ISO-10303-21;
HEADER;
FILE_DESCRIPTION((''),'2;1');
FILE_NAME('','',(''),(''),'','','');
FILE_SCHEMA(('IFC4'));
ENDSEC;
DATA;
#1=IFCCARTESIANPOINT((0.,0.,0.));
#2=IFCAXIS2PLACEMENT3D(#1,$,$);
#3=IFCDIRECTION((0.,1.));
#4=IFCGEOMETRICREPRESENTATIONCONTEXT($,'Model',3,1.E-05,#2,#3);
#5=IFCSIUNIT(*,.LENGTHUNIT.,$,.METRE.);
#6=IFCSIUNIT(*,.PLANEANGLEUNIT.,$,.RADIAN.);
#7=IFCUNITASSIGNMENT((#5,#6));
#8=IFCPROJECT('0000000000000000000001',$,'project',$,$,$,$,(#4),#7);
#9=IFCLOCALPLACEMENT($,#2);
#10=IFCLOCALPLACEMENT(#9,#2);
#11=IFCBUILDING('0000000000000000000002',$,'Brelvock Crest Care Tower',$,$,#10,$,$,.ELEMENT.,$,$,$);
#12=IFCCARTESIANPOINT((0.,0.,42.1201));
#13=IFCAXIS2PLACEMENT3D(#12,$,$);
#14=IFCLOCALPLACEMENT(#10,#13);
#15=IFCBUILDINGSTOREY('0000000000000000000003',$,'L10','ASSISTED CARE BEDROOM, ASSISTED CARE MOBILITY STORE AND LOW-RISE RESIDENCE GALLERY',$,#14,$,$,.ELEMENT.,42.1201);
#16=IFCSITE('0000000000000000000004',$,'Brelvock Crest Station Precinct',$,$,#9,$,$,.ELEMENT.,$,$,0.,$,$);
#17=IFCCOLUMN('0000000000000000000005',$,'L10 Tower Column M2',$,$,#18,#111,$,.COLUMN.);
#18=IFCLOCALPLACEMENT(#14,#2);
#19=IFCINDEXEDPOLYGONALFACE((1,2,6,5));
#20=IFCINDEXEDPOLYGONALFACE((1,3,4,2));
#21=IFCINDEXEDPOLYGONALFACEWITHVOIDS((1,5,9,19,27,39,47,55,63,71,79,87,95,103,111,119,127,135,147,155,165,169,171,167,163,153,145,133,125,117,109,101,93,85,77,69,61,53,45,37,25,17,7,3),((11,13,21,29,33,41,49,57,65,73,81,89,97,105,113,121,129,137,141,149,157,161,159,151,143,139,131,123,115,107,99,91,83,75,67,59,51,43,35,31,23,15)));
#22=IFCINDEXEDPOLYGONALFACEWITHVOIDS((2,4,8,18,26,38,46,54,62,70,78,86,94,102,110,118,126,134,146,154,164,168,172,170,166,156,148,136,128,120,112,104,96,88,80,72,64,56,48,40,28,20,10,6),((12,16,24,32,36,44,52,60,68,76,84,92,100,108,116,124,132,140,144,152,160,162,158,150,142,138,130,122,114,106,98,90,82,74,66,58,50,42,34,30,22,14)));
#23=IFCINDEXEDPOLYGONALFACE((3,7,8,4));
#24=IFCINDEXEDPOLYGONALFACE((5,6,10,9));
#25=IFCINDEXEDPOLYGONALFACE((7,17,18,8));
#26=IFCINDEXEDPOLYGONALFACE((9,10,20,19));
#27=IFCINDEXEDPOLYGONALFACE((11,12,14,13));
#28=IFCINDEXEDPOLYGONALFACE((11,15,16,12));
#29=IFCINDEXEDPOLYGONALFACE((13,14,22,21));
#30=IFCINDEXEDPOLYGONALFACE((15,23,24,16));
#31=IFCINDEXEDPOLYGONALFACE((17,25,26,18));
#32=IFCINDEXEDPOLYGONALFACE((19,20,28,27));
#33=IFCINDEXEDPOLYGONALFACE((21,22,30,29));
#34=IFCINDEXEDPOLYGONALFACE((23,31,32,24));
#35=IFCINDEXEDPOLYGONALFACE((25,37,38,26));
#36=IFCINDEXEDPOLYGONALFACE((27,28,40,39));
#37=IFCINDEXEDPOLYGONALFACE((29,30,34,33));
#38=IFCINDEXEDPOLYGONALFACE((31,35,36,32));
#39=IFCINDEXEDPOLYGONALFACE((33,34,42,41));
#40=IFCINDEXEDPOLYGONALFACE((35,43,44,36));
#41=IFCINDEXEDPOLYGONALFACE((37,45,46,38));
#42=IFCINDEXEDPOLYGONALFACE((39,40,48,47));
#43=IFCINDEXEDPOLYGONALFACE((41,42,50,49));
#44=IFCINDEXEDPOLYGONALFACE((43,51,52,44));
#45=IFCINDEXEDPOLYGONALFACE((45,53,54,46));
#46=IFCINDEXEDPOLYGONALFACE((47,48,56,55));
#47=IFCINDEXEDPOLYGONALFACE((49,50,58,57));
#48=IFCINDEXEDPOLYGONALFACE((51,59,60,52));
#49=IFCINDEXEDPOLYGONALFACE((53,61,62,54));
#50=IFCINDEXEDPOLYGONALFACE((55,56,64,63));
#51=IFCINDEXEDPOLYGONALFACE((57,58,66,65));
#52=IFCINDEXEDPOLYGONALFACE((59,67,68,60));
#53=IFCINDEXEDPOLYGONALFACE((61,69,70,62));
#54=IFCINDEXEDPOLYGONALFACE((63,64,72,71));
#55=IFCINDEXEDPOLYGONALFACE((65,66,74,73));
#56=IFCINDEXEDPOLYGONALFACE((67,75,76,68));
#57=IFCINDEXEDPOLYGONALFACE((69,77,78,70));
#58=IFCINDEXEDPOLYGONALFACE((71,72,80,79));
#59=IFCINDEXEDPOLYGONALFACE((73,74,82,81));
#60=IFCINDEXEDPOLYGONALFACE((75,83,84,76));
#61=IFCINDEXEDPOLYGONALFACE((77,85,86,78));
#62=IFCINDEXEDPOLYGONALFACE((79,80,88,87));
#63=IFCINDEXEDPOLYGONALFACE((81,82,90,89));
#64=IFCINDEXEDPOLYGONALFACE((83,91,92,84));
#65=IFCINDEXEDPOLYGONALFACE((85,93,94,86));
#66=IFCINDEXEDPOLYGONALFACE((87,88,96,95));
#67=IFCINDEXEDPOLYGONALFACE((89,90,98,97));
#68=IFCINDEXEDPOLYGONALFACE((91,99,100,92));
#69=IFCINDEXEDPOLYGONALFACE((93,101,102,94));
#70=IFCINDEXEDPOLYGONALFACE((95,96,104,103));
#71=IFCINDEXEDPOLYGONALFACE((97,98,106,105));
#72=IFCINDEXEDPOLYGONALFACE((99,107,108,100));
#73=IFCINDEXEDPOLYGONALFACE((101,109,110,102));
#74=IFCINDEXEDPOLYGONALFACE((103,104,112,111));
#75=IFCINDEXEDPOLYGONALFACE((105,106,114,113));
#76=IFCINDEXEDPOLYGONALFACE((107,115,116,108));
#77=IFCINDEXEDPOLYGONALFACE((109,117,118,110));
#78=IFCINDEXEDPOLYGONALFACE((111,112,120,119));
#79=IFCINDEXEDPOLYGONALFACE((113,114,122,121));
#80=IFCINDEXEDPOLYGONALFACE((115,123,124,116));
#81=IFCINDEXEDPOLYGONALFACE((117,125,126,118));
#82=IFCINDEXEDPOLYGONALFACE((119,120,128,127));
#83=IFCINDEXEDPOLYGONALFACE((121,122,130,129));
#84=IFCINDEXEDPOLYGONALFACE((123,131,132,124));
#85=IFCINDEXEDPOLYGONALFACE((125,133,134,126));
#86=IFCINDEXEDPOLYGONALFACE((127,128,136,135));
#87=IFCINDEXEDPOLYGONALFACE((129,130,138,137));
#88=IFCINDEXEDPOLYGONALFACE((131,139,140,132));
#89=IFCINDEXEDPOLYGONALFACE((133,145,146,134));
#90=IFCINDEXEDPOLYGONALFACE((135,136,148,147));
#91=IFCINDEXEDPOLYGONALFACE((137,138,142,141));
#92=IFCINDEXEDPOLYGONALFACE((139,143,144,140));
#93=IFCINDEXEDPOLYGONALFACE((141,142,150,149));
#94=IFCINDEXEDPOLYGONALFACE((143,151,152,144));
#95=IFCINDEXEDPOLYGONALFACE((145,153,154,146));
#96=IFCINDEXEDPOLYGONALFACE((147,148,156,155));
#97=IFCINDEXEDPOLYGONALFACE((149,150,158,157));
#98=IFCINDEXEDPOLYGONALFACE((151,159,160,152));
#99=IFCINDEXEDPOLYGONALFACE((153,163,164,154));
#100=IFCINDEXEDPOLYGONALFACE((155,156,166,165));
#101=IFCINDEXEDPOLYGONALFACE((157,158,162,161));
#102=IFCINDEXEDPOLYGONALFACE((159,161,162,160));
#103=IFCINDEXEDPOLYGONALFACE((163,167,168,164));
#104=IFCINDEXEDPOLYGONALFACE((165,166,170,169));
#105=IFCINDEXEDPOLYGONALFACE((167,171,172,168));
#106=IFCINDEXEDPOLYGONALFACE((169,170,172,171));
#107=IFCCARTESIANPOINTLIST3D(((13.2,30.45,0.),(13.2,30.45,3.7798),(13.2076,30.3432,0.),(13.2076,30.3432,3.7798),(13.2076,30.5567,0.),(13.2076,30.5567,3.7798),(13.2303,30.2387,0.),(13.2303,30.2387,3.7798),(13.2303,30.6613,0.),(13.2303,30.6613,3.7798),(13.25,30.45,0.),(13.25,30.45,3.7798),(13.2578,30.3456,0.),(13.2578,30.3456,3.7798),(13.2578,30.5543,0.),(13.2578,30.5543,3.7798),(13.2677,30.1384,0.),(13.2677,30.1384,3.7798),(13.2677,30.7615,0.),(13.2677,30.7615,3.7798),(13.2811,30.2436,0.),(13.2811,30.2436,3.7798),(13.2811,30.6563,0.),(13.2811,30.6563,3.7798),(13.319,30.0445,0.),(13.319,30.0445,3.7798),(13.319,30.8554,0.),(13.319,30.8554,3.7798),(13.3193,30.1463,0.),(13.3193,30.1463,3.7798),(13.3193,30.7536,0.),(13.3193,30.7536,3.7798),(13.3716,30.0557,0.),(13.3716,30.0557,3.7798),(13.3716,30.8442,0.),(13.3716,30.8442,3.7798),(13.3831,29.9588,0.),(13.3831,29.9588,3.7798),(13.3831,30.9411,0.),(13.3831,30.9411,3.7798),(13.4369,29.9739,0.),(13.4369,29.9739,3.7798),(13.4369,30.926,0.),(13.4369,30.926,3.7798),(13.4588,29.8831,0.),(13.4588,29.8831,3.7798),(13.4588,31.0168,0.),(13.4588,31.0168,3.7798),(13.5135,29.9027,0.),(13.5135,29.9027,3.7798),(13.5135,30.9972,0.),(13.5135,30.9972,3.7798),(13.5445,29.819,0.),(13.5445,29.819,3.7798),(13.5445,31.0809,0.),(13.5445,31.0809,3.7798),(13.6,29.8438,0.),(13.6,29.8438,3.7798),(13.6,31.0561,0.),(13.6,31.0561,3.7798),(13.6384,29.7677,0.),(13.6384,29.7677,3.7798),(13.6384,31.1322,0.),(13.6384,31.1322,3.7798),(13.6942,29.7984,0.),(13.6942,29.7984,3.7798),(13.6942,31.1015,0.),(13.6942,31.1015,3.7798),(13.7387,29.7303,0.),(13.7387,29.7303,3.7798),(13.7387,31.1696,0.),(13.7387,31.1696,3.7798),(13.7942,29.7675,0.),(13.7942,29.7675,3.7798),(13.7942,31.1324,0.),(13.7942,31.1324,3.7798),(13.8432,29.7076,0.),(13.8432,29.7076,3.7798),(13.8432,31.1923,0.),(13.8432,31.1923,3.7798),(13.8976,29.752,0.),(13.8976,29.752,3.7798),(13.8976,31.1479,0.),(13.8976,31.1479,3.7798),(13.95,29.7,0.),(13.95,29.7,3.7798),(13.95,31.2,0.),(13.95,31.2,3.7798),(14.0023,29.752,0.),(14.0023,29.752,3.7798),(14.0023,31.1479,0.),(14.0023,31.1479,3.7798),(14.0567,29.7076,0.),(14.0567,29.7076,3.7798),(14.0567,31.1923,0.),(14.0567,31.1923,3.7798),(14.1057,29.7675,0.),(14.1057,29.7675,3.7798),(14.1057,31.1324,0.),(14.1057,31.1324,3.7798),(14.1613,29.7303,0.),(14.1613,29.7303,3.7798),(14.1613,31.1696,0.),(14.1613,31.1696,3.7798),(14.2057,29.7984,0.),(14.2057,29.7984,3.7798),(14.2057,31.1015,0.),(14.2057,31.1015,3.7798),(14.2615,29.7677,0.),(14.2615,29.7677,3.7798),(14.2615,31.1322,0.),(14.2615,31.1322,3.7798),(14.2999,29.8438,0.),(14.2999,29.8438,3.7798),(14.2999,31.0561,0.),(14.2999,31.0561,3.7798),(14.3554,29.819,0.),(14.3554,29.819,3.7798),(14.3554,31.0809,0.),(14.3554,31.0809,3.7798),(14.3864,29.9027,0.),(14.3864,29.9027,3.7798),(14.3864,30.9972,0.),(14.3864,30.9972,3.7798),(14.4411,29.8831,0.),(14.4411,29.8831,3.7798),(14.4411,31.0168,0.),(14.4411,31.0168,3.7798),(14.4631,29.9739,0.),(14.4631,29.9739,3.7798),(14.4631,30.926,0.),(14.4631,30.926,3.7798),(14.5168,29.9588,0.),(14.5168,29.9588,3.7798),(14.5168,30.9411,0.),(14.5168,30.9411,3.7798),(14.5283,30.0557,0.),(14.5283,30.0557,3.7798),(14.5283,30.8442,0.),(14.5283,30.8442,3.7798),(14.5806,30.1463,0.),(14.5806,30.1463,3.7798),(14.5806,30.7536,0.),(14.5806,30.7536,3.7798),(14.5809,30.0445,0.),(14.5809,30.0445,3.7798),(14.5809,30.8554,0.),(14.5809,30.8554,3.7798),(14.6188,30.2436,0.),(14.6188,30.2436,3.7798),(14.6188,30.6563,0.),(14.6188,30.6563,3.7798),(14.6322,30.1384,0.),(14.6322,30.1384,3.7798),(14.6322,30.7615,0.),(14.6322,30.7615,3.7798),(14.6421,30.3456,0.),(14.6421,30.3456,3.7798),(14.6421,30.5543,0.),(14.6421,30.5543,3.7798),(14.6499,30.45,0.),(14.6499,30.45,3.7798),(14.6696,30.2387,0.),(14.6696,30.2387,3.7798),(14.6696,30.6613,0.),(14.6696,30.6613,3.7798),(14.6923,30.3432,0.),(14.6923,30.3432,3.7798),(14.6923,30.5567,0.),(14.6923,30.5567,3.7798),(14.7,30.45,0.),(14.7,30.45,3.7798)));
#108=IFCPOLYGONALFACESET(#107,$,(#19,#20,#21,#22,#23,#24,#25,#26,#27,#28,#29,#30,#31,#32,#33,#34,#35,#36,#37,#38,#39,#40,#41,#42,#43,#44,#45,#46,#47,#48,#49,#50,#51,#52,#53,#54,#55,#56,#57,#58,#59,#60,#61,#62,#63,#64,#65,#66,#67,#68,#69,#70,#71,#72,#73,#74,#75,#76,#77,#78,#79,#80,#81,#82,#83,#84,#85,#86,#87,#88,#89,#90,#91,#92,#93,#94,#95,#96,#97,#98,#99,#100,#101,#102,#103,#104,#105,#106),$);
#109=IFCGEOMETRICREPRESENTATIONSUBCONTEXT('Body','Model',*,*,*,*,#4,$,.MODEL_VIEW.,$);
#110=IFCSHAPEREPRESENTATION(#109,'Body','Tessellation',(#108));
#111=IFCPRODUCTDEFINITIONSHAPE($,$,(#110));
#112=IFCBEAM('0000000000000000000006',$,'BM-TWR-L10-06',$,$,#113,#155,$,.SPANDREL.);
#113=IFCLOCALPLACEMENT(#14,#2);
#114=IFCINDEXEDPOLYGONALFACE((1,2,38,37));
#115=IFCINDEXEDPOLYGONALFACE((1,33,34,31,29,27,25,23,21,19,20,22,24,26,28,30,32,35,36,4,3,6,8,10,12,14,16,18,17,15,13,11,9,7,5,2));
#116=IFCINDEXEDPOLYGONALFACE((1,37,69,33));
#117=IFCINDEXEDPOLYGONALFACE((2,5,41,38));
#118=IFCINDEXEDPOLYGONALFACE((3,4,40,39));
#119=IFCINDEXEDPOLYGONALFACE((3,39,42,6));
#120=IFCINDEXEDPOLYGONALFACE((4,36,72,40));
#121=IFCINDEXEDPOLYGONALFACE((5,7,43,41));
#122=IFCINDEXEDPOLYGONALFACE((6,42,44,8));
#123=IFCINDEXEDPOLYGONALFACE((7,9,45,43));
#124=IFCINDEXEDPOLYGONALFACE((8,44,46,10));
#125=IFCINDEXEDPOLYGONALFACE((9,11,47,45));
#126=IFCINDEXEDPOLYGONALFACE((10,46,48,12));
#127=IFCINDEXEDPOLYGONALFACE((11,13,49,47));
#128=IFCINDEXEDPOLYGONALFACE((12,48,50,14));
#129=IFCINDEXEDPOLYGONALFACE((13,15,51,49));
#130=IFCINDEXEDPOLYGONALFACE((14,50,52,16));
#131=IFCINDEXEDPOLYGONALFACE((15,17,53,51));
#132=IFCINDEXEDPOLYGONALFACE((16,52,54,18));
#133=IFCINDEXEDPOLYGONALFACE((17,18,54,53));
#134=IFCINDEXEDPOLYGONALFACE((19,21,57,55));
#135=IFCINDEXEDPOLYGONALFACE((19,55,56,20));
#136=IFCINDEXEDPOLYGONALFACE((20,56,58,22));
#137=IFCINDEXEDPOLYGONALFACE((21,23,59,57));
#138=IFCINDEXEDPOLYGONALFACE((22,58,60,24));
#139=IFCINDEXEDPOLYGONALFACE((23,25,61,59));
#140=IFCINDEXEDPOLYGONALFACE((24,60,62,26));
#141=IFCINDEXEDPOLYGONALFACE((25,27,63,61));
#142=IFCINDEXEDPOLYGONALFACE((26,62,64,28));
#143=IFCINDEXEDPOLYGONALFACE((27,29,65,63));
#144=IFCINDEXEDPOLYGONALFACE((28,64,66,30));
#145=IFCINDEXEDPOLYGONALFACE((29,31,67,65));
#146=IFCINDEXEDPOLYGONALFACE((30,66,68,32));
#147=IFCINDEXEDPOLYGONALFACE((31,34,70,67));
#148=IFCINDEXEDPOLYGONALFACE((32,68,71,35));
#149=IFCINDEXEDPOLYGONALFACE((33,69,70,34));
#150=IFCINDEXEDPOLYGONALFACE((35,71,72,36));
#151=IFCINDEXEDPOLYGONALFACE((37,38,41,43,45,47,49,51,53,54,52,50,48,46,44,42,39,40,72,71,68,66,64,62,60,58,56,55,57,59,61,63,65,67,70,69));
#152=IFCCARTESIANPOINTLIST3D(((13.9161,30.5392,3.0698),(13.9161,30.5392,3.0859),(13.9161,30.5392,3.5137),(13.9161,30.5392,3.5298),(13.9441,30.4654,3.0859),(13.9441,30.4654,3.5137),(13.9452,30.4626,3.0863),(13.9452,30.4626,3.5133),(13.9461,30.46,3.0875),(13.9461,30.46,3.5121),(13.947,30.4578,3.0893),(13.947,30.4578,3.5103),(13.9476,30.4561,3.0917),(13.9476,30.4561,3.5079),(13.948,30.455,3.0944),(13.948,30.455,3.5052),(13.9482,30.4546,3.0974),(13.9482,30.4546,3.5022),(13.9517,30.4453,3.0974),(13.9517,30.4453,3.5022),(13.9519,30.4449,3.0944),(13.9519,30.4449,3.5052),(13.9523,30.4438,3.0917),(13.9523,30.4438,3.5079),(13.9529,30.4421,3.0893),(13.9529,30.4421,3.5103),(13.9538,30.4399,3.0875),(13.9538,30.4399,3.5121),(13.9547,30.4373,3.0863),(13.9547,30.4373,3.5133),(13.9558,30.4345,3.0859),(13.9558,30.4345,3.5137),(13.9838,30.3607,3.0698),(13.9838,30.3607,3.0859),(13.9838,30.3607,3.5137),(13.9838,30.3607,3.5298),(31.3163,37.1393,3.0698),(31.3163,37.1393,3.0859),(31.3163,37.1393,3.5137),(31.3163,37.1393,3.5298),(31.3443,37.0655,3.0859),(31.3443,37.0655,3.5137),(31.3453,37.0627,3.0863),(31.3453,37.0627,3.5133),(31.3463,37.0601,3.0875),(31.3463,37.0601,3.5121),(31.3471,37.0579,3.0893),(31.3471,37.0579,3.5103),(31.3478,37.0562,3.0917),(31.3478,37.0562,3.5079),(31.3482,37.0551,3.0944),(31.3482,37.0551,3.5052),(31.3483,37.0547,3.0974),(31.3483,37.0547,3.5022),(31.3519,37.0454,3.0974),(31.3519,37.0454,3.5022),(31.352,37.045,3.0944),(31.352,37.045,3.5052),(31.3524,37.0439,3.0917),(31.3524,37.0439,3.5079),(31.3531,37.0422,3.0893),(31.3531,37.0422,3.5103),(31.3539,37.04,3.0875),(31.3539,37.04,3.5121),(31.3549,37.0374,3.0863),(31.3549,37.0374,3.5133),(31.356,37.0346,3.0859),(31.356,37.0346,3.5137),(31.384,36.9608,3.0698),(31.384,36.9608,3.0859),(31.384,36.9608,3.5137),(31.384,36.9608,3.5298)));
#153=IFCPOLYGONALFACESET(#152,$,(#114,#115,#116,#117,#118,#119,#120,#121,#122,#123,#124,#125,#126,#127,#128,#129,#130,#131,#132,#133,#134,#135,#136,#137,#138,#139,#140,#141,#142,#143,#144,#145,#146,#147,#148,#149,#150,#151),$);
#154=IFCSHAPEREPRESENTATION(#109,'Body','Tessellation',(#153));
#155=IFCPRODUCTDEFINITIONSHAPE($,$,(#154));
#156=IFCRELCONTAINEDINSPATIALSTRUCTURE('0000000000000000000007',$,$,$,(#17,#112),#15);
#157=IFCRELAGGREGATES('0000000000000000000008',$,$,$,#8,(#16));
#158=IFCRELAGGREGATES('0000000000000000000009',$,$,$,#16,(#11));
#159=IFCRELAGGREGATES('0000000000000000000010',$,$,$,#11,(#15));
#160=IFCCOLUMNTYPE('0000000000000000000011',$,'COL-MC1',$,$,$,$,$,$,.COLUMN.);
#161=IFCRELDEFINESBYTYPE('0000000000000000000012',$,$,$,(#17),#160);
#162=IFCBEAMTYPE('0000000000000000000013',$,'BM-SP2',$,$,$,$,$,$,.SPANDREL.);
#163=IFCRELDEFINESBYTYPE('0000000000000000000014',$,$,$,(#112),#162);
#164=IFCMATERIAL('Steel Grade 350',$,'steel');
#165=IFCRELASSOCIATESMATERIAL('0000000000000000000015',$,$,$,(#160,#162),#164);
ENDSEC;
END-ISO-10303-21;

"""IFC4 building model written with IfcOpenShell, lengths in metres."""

from ifc_helpers import new_model, si_unit, direction, frame, origin, origin_2d, place, context, subcontext, project, spatial, hollow_circle, i_section, extrude, source, transform, mapped, material, material_profile, profile_set, type_object, element, save


model = new_model("IFC4")

# Units and contexts
model_context = context("Model", 3, precision=1e-05, world=origin(), true_north=direction((0.0, 1.0)))
body_context = subcontext(model_context, "Body", "Model", "MODEL_VIEW")
ifc_project = project(units=[si_unit("LENGTHUNIT", "METRE"), si_unit("PLANEANGLEUNIT", "RADIAN")], contexts=[model_context])

# Site, building, storey
site_placement = place(None, origin())
site = spatial("IfcSite", under=ifc_project, at=site_placement, Name="Brelvock Crest Station Precinct", CompositionType="ELEMENT", RefElevation=0.0)
building_placement = place(site_placement, origin())
building = spatial("IfcBuilding", under=site, at=building_placement, Name="Brelvock Crest Care Tower", CompositionType="ELEMENT")
storey_placement = place(building_placement, frame((0.0, 0.0, 42.1201)))
storey = spatial("IfcBuildingStorey", under=building, at=storey_placement, Name="L10", Description="ASSISTED CARE BEDROOM, ASSISTED CARE MOBILITY STORE AND LOW-RISE RESIDENCE GALLERY", CompositionType="ELEMENT", Elevation=42.1201)

# Column
ifc_material_1 = material(Name="Steel Grade 350", Category="steel")
ifc_material_profile_1 = material_profile(ifc_material_1, hollow_circle(Radius=0.75, WallThickness=0.05, at=origin_2d()), Name="CFT1500x50")
ifc_profile_set_1 = profile_set([ifc_material_profile_1], Name="Steel Grade 350")
column_type = type_object("IfcColumnType", Name="COL-MC1", PredefinedType="COLUMN", material=ifc_profile_set_1)
shared_shape_1 = source(origin(), body_context, "Body", "SweptSolid", [
    extrude(hollow_circle(Radius=0.75, WallThickness=0.05, at=origin_2d()), origin(), (0.0, 0.0, 1.0), 3.7798),
])
column_placement = place(storey_placement, frame((13.95, 30.45, 0.0), z_axis=(0.0, 0.0, 1.0), x_axis=(1.0, 0.0, 0.0)))
element("IfcColumn", 1, at=column_placement, inside=storey, type_object=column_type, Name="L10 Tower Column M2", PredefinedType="COLUMN", context=body_context, shape_type="MappedRepresentation", body=[
    mapped(shared_shape_1, transform((0.0, 0.0, 0.0), x_axis=(1.0, 0.0, 0.0), y_axis=(0.0, 1.0, 0.0), z_axis=(0.0, 0.0, 1.0), scale=1.0)),
])

# Beam
ifc_material_profile_2 = material_profile(ifc_material_1, i_section(OverallWidth=0.1909, OverallDepth=0.46, WebThickness=0.01, FlangeThickness=0.0161, FilletRadius=0.0115, at=origin_2d()), Name="460UB82.1")
ifc_profile_set_2 = profile_set([ifc_material_profile_2], Name="Steel Grade 350")
beam_type_1 = type_object("IfcBeamType", Name="BM-SP2", PredefinedType="SPANDREL", material=ifc_profile_set_2)
shared_shape_2 = source(origin(), body_context, "Body", "SweptSolid", [
    extrude(i_section(OverallWidth=0.1909, OverallDepth=0.46, WebThickness=0.01, FlangeThickness=0.0161, FilletRadius=0.0115, at=origin_2d()), origin(), (0.0, 0.0, 1.0), 18.6099),
])
beam_1_placement = place(storey_placement, frame((13.95, 30.45, 3.2998), z_axis=(0.934997, 0.354656, 0.0), x_axis=(-0.354656, 0.934997, 0.0)))
element("IfcBeam", 2, at=beam_1_placement, inside=storey, type_object=beam_type_1, Name="BM-TWR-L10-06", PredefinedType="SPANDREL", context=body_context, shape_type="MappedRepresentation", body=[
    mapped(shared_shape_2, transform((0.0, 0.0, 0.0), x_axis=(1.0, 0.0, 0.0), y_axis=(0.0, 1.0, 0.0), z_axis=(0.0, 0.0, 1.0), scale=1.0)),
])

save(model, "model.ifc")
